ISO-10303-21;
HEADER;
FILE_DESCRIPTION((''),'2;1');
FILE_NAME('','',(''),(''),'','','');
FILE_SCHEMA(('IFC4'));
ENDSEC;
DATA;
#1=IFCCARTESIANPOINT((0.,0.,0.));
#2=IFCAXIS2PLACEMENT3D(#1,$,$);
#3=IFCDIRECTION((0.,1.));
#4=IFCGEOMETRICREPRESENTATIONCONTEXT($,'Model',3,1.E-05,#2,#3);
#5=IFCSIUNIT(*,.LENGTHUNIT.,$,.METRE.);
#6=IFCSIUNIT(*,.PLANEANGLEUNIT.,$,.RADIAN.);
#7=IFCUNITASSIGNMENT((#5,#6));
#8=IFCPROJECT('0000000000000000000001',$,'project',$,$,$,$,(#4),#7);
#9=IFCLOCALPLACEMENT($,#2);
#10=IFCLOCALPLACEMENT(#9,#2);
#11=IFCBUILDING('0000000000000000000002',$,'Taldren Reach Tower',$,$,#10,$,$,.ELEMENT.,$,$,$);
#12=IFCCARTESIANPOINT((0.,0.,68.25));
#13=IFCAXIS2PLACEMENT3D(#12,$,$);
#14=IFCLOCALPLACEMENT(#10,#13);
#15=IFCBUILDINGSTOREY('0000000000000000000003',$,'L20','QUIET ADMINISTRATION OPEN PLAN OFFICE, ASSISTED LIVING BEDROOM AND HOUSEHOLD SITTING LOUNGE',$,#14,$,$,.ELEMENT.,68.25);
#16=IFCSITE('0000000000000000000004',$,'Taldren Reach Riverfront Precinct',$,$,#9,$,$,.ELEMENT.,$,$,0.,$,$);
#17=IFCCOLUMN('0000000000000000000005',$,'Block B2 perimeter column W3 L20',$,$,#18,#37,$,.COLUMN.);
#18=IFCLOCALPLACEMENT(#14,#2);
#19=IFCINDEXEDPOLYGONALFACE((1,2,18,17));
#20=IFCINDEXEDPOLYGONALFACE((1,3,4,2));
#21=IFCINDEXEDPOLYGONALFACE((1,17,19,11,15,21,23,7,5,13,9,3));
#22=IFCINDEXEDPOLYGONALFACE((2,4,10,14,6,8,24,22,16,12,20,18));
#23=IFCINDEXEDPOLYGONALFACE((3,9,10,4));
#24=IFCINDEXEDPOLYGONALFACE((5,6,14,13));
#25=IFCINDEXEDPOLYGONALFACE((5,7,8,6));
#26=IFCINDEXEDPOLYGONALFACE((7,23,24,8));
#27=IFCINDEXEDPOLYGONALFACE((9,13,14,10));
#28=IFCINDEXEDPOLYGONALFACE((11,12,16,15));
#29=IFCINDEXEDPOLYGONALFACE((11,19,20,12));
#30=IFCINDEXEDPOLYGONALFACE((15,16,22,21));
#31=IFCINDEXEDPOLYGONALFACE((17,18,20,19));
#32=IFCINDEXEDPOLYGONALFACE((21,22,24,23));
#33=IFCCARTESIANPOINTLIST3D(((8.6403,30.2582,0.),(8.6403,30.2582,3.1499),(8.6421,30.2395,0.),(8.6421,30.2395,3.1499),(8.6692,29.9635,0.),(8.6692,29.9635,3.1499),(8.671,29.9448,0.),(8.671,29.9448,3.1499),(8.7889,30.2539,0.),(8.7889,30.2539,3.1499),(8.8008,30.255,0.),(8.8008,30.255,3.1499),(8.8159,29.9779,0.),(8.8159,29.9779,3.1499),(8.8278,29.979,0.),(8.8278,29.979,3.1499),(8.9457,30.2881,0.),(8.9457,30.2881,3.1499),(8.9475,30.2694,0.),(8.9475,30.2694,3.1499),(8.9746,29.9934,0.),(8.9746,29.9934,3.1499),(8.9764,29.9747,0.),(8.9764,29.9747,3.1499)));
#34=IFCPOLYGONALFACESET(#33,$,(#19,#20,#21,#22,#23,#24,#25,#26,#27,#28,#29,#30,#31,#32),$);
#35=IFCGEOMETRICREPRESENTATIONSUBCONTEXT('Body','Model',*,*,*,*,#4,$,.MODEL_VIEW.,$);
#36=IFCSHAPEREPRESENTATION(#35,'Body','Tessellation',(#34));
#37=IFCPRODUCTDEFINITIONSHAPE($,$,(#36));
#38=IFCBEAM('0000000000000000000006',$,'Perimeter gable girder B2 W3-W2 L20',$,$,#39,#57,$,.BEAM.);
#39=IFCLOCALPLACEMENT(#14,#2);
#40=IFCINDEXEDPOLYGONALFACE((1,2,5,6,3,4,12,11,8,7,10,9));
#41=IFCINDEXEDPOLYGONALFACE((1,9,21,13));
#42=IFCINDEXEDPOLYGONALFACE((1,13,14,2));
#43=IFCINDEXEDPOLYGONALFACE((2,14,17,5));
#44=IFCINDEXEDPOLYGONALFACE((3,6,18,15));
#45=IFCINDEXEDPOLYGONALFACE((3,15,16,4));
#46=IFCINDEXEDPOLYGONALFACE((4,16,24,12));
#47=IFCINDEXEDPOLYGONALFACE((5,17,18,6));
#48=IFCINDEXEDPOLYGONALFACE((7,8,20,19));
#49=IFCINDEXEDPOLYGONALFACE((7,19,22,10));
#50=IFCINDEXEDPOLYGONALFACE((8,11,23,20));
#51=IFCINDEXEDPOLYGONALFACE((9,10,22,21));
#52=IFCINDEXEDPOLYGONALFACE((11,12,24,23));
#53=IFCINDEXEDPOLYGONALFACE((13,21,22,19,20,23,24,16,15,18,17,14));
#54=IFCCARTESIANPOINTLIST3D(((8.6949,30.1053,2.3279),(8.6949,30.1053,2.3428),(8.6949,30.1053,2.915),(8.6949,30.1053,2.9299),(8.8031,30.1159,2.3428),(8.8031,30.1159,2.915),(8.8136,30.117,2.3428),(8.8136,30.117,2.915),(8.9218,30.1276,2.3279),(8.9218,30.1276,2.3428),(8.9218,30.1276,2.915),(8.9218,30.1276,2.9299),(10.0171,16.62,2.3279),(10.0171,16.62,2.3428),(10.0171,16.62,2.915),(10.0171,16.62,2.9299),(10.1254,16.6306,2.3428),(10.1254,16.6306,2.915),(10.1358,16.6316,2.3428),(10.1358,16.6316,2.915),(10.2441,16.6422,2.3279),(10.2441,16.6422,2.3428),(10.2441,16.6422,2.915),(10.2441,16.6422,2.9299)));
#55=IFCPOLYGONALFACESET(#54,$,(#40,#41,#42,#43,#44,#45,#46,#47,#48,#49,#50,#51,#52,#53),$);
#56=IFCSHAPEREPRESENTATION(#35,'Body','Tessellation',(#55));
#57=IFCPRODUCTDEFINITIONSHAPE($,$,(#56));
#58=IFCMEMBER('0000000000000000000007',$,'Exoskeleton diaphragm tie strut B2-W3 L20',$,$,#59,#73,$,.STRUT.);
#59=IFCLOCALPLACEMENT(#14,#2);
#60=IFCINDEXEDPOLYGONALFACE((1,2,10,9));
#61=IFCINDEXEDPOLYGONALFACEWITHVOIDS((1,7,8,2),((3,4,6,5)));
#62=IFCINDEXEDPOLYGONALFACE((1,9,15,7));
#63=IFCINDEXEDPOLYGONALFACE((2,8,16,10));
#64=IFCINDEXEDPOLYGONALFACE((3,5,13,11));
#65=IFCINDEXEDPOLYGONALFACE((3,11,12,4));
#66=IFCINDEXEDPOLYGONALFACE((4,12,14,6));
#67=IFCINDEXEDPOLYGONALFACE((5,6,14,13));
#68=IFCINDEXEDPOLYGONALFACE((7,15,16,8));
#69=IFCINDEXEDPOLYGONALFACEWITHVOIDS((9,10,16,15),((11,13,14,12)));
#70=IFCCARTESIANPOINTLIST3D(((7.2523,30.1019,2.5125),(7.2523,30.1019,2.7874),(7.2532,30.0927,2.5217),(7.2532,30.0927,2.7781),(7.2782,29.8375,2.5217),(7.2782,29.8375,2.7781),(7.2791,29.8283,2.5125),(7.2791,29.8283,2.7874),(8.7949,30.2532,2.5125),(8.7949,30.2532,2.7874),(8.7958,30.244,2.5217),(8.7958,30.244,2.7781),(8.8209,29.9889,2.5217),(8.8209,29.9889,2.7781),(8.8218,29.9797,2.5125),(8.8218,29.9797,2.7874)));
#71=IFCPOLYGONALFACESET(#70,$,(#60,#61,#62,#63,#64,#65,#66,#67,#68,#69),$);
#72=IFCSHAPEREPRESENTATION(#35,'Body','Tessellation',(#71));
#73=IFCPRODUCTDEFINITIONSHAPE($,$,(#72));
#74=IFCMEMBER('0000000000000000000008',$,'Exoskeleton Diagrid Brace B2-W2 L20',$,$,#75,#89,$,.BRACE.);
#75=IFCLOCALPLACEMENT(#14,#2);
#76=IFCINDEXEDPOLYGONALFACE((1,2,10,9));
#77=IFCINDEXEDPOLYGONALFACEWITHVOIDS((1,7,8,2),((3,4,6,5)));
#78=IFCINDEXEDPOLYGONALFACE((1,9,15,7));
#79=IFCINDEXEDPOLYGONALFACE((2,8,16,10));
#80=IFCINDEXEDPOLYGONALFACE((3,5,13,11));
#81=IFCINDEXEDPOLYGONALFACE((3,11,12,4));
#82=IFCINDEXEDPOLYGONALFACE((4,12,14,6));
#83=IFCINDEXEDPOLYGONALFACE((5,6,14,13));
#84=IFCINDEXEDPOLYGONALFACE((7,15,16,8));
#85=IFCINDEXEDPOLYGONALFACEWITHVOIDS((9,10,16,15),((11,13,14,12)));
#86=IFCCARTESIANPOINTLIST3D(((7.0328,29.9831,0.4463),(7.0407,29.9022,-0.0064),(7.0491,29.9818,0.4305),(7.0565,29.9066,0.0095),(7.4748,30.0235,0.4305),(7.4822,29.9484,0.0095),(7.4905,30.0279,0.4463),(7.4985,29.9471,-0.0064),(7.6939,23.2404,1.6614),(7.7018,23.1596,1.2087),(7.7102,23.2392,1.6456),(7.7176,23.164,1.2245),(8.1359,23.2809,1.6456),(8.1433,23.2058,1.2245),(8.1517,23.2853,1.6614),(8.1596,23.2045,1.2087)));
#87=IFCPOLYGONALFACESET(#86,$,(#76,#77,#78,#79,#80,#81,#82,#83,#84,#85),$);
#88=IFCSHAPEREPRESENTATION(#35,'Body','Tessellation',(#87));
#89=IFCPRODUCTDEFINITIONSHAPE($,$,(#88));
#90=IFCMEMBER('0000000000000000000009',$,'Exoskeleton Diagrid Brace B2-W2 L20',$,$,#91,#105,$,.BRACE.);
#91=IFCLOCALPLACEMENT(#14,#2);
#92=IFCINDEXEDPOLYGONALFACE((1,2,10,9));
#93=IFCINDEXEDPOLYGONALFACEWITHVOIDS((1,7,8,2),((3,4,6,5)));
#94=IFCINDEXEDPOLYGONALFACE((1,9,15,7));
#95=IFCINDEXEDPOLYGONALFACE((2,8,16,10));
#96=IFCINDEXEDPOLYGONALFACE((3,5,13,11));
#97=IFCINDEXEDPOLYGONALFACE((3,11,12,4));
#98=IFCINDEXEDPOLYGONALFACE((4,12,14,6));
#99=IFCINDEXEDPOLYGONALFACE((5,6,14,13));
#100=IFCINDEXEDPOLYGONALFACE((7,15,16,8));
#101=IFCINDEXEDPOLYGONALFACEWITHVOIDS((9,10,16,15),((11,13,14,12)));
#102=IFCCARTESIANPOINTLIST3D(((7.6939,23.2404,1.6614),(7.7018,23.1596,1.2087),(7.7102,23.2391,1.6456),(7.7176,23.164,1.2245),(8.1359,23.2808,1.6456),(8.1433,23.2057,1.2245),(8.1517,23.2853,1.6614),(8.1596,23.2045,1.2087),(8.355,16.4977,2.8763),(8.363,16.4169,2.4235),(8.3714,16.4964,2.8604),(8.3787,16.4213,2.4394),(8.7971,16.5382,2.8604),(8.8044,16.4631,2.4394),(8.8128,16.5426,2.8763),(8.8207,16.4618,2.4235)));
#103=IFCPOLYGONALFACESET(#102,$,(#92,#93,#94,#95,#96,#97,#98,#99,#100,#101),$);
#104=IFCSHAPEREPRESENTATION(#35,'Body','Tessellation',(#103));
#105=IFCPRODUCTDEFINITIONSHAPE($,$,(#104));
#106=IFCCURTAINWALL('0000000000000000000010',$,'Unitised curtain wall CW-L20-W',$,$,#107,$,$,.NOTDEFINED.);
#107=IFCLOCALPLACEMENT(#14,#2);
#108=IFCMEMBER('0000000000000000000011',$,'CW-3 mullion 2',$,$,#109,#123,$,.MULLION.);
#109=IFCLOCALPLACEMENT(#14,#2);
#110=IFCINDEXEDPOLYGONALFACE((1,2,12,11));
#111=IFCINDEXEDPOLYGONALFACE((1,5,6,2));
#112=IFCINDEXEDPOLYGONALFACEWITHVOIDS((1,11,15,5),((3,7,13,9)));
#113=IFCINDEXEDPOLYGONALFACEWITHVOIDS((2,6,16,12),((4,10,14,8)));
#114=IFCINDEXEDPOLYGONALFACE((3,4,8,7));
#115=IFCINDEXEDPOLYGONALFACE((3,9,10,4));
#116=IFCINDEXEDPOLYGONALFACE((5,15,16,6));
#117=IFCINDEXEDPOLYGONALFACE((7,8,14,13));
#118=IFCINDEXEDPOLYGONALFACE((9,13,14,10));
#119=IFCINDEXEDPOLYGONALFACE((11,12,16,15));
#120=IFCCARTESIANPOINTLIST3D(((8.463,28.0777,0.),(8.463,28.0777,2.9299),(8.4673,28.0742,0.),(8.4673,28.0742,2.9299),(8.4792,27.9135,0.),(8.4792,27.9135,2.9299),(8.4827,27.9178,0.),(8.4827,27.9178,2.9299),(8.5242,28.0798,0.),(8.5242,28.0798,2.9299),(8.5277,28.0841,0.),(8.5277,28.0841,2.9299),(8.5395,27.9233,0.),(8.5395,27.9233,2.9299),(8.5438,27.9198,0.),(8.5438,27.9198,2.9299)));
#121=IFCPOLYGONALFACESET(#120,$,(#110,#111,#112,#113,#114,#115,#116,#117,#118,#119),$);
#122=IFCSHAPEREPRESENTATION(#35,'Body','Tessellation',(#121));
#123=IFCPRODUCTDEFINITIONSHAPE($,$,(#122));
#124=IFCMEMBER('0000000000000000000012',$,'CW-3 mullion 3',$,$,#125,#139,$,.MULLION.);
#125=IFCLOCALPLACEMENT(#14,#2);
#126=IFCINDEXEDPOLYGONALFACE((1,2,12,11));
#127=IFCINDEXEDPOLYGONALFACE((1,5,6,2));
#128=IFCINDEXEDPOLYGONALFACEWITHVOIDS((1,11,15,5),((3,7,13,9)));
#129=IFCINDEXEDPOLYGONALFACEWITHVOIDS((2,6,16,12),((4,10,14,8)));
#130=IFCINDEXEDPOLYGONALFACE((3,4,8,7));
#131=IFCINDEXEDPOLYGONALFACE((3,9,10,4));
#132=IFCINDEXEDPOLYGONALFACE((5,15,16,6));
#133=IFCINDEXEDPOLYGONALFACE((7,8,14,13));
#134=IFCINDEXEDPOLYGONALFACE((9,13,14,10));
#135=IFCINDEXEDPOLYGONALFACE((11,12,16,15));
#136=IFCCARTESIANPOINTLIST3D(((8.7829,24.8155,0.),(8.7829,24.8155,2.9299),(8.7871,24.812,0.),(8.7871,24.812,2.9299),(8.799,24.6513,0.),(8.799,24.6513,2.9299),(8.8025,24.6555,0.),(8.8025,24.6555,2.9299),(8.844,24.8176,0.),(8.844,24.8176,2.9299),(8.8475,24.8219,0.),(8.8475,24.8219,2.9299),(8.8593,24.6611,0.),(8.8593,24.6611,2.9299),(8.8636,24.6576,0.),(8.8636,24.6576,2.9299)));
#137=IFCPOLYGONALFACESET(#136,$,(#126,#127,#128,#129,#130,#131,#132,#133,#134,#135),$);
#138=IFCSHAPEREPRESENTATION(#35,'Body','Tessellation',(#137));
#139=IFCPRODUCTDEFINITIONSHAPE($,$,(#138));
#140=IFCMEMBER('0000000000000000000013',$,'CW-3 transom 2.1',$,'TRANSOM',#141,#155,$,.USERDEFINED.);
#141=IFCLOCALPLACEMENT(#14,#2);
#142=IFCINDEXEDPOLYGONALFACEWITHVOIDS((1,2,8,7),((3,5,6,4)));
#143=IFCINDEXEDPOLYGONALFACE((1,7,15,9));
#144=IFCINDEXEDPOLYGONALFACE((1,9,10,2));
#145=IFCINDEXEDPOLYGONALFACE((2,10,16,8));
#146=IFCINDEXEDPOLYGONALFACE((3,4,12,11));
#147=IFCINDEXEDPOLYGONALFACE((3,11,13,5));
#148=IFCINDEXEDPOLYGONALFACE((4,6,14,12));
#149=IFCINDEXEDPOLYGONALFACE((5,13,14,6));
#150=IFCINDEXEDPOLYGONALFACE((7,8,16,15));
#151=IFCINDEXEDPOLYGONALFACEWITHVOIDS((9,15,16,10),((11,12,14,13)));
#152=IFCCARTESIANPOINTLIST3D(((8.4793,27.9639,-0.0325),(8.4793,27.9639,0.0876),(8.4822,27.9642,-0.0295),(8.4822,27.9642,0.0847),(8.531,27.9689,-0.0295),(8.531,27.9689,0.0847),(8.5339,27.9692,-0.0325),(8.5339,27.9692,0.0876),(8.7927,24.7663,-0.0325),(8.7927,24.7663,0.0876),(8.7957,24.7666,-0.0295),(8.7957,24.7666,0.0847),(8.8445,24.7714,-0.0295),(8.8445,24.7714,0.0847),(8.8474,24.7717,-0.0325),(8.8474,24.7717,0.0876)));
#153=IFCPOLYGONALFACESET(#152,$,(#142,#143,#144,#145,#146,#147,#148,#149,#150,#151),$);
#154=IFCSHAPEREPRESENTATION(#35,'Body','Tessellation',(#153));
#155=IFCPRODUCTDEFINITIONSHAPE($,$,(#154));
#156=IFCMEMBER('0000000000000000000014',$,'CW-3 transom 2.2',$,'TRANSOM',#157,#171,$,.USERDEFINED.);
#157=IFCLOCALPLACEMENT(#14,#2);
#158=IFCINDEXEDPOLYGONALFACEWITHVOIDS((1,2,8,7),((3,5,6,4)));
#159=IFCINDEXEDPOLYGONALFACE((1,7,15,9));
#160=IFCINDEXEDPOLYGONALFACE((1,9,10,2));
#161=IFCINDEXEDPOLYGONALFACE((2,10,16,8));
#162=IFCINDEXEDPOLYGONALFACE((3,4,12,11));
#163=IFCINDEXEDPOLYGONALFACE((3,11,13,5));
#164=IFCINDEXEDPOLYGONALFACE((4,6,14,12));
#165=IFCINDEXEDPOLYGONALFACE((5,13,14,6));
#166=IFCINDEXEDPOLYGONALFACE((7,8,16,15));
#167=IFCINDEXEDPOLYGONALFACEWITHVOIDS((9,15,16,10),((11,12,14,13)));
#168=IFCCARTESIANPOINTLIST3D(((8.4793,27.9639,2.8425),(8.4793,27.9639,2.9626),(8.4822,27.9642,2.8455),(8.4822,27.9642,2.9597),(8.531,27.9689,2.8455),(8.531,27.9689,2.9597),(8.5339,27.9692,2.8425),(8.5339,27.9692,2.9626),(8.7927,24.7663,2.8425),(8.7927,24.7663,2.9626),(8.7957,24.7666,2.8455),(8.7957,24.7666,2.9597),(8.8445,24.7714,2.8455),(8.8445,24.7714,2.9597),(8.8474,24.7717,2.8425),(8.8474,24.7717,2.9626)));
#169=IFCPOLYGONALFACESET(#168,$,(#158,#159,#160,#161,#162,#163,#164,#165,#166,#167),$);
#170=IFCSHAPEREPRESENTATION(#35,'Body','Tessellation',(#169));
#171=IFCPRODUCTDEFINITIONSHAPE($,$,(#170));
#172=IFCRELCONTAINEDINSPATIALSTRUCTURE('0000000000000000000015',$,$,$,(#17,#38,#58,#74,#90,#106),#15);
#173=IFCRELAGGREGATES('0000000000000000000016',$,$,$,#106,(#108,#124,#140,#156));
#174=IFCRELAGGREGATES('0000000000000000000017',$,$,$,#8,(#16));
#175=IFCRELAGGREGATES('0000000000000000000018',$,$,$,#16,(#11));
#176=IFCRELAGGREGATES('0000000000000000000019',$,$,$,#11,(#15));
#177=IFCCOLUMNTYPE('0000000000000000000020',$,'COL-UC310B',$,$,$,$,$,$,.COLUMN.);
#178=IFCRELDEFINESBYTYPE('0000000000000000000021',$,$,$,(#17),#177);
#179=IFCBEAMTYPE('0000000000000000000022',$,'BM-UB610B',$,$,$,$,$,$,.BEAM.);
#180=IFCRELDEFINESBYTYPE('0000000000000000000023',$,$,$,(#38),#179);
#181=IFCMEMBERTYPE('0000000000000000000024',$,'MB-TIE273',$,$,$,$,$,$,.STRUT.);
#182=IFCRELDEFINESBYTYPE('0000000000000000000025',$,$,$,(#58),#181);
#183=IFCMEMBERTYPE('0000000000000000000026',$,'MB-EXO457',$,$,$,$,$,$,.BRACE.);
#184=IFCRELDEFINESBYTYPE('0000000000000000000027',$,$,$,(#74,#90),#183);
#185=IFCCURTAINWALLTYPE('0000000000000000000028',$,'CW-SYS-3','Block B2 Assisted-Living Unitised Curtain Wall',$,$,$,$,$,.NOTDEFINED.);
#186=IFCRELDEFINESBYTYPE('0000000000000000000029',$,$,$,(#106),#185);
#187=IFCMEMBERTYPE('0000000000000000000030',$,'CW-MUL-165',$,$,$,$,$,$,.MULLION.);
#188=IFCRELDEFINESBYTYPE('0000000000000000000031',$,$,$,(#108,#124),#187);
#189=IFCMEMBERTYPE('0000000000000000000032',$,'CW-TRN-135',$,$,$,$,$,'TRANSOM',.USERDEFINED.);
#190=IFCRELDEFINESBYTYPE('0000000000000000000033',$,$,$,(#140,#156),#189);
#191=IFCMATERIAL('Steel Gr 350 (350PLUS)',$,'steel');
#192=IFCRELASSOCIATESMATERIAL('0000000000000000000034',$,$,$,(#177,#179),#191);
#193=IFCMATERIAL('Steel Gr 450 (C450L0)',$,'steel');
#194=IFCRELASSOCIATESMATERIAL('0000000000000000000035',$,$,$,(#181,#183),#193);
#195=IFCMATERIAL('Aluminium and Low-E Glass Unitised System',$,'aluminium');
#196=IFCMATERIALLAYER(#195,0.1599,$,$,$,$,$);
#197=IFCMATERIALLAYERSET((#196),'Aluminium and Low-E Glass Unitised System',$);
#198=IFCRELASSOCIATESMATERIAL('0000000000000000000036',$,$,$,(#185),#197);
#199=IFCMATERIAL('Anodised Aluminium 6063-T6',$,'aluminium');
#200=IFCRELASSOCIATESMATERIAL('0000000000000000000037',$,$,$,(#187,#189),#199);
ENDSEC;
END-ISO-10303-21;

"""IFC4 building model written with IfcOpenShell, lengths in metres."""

from ifc_helpers import new_model, si_unit, direction, frame, origin, origin_2d, place, context, subcontext, project, spatial, hollow_rectangle, i_section, extrude, source, transform, mapped, material, layer, layer_set, material_profile, profile_set, type_object, element, aggregate, save


model = new_model("IFC4")

# Units and contexts
model_context = context("Model", 3, precision=1e-05, world=origin(), true_north=direction((0.0, 1.0)))
body_context = subcontext(model_context, "Body", "Model", "MODEL_VIEW")
ifc_project = project(units=[si_unit("LENGTHUNIT", "METRE"), si_unit("PLANEANGLEUNIT", "RADIAN")], contexts=[model_context])

# Site, building, storey
site_placement = place(None, origin())
site = spatial("IfcSite", under=ifc_project, at=site_placement, Name="Taldren Reach Riverfront Precinct", CompositionType="ELEMENT", RefElevation=0.0)
building_placement = place(site_placement, origin())
building = spatial("IfcBuilding", under=site, at=building_placement, Name="Taldren Reach Tower", CompositionType="ELEMENT")
storey_placement = place(building_placement, frame((0.0, 0.0, 68.25)))
storey = spatial("IfcBuildingStorey", under=building, at=storey_placement, Name="L20", Description="QUIET ADMINISTRATION OPEN PLAN OFFICE, ASSISTED LIVING BEDROOM AND HOUSEHOLD SITTING LOUNGE", CompositionType="ELEMENT", Elevation=68.25)

# Column
ifc_material_1 = material(Name="Steel Gr 350 (350PLUS)", Category="steel")
ifc_material_profile_1 = material_profile(ifc_material_1, i_section(OverallWidth=0.3069, OverallDepth=0.3149, WebThickness=0.012, FlangeThickness=0.0188, at=origin_2d()), Name="310UC118")
ifc_profile_set_1 = profile_set([ifc_material_profile_1], Name="Steel Gr 350 (350PLUS)")
column_type = type_object("IfcColumnType", Name="COL-UC310B", PredefinedType="COLUMN", material=ifc_profile_set_1)
shared_shape_1 = source(origin(), body_context, "Body", "SweptSolid", [
    extrude(i_section(OverallWidth=0.3069, OverallDepth=0.3149, WebThickness=0.012, FlangeThickness=0.0188, at=origin_2d()), origin(), (0.0, 0.0, 1.0), 3.1499),
])
column_placement = place(storey_placement, frame((8.8083, 30.1165, 0.0), z_axis=(0.0, 0.0, 1.0), x_axis=(0.995227, 0.097583, 0.0)))
element("IfcColumn", 1, at=column_placement, inside=storey, type_object=column_type, Name="Block B2 perimeter column W3 L20", PredefinedType="COLUMN", context=body_context, shape_type="MappedRepresentation", body=[
    mapped(shared_shape_1, transform((0.0, 0.0, 0.0), scale=1.0)),
])

# Beam
ifc_material_profile_2 = material_profile(ifc_material_1, i_section(OverallWidth=0.228, OverallDepth=0.6021, WebThickness=0.0105, FlangeThickness=0.0149, at=origin_2d()), Name="610UB101")
ifc_profile_set_2 = profile_set([ifc_material_profile_2], Name="Steel Gr 350 (350PLUS)")
beam_type = type_object("IfcBeamType", Name="BM-UB610B", PredefinedType="BEAM", material=ifc_profile_set_2)
shared_shape_2 = source(origin(), body_context, "Body", "SweptSolid", [
    extrude(i_section(OverallWidth=0.228, OverallDepth=0.6021, WebThickness=0.0105, FlangeThickness=0.0149, at=origin_2d()), origin(), (0.0, 0.0, 1.0), 13.55),
])
beam_placement = place(storey_placement, frame((8.8083, 30.1165, 2.6289), z_axis=(0.097584, -0.995227, 0.0), x_axis=(0.995227, 0.097584, 0.0)))
element("IfcBeam", 2, at=beam_placement, inside=storey, type_object=beam_type, Name="Perimeter gable girder B2 W3-W2 L20", PredefinedType="BEAM", context=body_context, shape_type="MappedRepresentation", body=[
    mapped(shared_shape_2, transform((0.0, 0.0, 0.0), scale=1.0)),
])

# Members
ifc_material_2 = material(Name="Steel Gr 450 (C450L0)", Category="steel")
ifc_material_profile_3 = material_profile(ifc_material_2, hollow_rectangle(XDim=0.2749, YDim=0.2749, WallThickness=0.0093, at=origin_2d()), Name="275x275x9.3SHS")
ifc_profile_set_3 = profile_set([ifc_material_profile_3], Name="Steel Gr 450 (C450L0)")
member_type_1 = type_object("IfcMemberType", Name="MB-TIE273", PredefinedType="STRUT", material=ifc_profile_set_3)
shared_shape_3 = source(origin(), body_context, "Body", "SweptSolid", [
    extrude(hollow_rectangle(XDim=0.2749, YDim=0.2749, WallThickness=0.0093, at=origin_2d()), origin(), (0.0, 0.0, 1.0), 1.55),
])
member_1_placement = place(storey_placement, frame((8.8083, 30.1165, 2.6499), z_axis=(-0.995221, -0.097648, 0.0), x_axis=(0.097648, -0.995221, 0.0)))
element("IfcMember", 3, at=member_1_placement, inside=storey, type_object=member_type_1, Name="Exoskeleton diaphragm tie strut B2-W3 L20", PredefinedType="STRUT", context=body_context, shape_type="MappedRepresentation", body=[
    mapped(shared_shape_3, transform((0.0, 0.0, 0.0), scale=1.0)),
])
ifc_material_profile_4 = material_profile(ifc_material_2, hollow_rectangle(XDim=0.46, YDim=0.46, WallThickness=0.0161, at=origin_2d()), Name="460x460x16.0SHS")
ifc_profile_set_4 = profile_set([ifc_material_profile_4], Name="Steel Gr 450 (C450L0)")
member_type_2 = type_object("IfcMemberType", Name="MB-EXO457", PredefinedType="BRACE", material=ifc_profile_set_4)
shared_shape_4 = source(origin(), body_context, "Body", "SweptSolid", [
    extrude(hollow_rectangle(XDim=0.46, YDim=0.46, WallThickness=0.0161, at=origin_2d()), origin(), (0.0, 0.0, 1.0), 6.8831),
])
for number, where, z_axis, x_axis, name in (
    (4, (7.2656, 29.9651, 0.22), (0.096051, -0.979597, 0.176532), (0.995227, 0.097584, 0.0), "Exoskeleton Diagrid Brace B2-W2 L20"),
    (5, (7.9268, 23.2224, 1.4351), (0.096052, -0.979603, 0.176497), (0.995227, 0.097584, 0.0), "Exoskeleton Diagrid Brace B2-W2 L20"),
):
    element("IfcMember", number, at=place(storey_placement, frame(where, z_axis=z_axis, x_axis=x_axis)), inside=storey, type_object=member_type_2, Name=name, PredefinedType="BRACE", context=body_context, shape_type="MappedRepresentation", body=[
        mapped(shared_shape_4, transform((0.0, 0.0, 0.0), scale=1.0)),
    ])

# Curtain wall, members
ifc_material_3 = material(Name="Aluminium and Low-E Glass Unitised System", Category="aluminium")
ifc_layer_1 = layer(ifc_material_3, 0.1599)
ifc_layer_set_1 = layer_set([ifc_layer_1], Name="Aluminium and Low-E Glass Unitised System")
curtain_wall_type = type_object("IfcCurtainWallType", Name="CW-SYS-3", Description="Block B2 Assisted-Living Unitised Curtain Wall", PredefinedType="NOTDEFINED", material=ifc_layer_set_1)
curtain_wall_placement = place(storey_placement, origin())
curtain_wall = element("IfcCurtainWall", 6, at=curtain_wall_placement, inside=storey, type_object=curtain_wall_type, Name="Unitised curtain wall CW-L20-W", PredefinedType="NOTDEFINED")
ifc_material_4 = material(Name="Anodised Aluminium 6063-T6", Category="aluminium")
ifc_material_profile_5 = material_profile(ifc_material_4, hollow_rectangle(XDim=0.0649, YDim=0.165, WallThickness=0.0039, at=origin_2d()), Name="ALU-165x65x4RHS")
ifc_profile_set_5 = profile_set([ifc_material_profile_5], Name="Anodised Aluminium 6063-T6")
member_type_3 = type_object("IfcMemberType", Name="CW-MUL-165", PredefinedType="MULLION", material=ifc_profile_set_5)
shared_shape_5 = source(origin(), body_context, "Body", "SweptSolid", [
    extrude(hollow_rectangle(XDim=0.0649, YDim=0.165, WallThickness=0.0039, at=origin_2d()), origin(), (0.0, 0.0, 1.0), 2.9299),
])
member_2_placement = place(storey_placement, frame((8.5034, 27.9988, 0.0), z_axis=(0.0, 0.0, 1.0), x_axis=(0.995227, 0.097583, 0.0)))
member_2 = element("IfcMember", 7, at=member_2_placement, type_object=member_type_3, Name="CW-3 mullion 2", PredefinedType="MULLION", context=body_context, shape_type="MappedRepresentation", body=[
    mapped(shared_shape_5, transform((0.0, 0.0, 0.0), scale=1.0)),
])
member_3_placement = place(storey_placement, frame((8.8232, 24.7366, 0.0), z_axis=(0.0, 0.0, 1.0), x_axis=(0.995227, 0.097583, 0.0)))
member_3 = element("IfcMember", 8, at=member_3_placement, type_object=member_type_3, Name="CW-3 mullion 3", PredefinedType="MULLION", context=body_context, shape_type="MappedRepresentation", body=[
    mapped(shared_shape_5, transform((0.0, 0.0, 0.0), scale=1.0)),
])
ifc_material_profile_6 = material_profile(ifc_material_4, hollow_rectangle(XDim=0.0549, YDim=0.1201, WallThickness=0.0029, at=origin_2d()), Name="ALU-120x55x3RHS")
ifc_profile_set_6 = profile_set([ifc_material_profile_6], Name="Anodised Aluminium 6063-T6")
member_type_4 = type_object("IfcMemberType", Name="CW-TRN-135", ElementType="TRANSOM", PredefinedType="USERDEFINED", material=ifc_profile_set_6)
shared_shape_6 = source(origin(), body_context, "Body", "SweptSolid", [
    extrude(hollow_rectangle(XDim=0.0549, YDim=0.1201, WallThickness=0.0029, at=origin_2d()), origin(), (0.0, 0.0, 1.0), 3.2129),
])
member_4_placement = place(storey_placement, frame((8.5066, 27.9666, 0.0276), z_axis=(0.09757, -0.995229, 0.0), x_axis=(0.995229, 0.09757, 0.0)))
member_4 = element("IfcMember", 9, at=member_4_placement, type_object=member_type_4, Name="CW-3 transom 2.1", ObjectType="TRANSOM", PredefinedType="USERDEFINED", context=body_context, shape_type="MappedRepresentation", body=[
    mapped(shared_shape_6, transform((0.0, 0.0, 0.0), scale=1.0)),
])
member_5_placement = place(storey_placement, frame((8.5066, 27.9666, 2.9026), z_axis=(0.09757, -0.995229, 0.0), x_axis=(0.995229, 0.09757, 0.0)))
member_5 = element("IfcMember", 10, at=member_5_placement, type_object=member_type_4, Name="CW-3 transom 2.2", ObjectType="TRANSOM", PredefinedType="USERDEFINED", context=body_context, shape_type="MappedRepresentation", body=[
    mapped(shared_shape_6, transform((0.0, 0.0, 0.0), scale=1.0)),
])

aggregate(curtain_wall, [member_2, member_3, member_4, member_5])

save(model, "model.ifc")
